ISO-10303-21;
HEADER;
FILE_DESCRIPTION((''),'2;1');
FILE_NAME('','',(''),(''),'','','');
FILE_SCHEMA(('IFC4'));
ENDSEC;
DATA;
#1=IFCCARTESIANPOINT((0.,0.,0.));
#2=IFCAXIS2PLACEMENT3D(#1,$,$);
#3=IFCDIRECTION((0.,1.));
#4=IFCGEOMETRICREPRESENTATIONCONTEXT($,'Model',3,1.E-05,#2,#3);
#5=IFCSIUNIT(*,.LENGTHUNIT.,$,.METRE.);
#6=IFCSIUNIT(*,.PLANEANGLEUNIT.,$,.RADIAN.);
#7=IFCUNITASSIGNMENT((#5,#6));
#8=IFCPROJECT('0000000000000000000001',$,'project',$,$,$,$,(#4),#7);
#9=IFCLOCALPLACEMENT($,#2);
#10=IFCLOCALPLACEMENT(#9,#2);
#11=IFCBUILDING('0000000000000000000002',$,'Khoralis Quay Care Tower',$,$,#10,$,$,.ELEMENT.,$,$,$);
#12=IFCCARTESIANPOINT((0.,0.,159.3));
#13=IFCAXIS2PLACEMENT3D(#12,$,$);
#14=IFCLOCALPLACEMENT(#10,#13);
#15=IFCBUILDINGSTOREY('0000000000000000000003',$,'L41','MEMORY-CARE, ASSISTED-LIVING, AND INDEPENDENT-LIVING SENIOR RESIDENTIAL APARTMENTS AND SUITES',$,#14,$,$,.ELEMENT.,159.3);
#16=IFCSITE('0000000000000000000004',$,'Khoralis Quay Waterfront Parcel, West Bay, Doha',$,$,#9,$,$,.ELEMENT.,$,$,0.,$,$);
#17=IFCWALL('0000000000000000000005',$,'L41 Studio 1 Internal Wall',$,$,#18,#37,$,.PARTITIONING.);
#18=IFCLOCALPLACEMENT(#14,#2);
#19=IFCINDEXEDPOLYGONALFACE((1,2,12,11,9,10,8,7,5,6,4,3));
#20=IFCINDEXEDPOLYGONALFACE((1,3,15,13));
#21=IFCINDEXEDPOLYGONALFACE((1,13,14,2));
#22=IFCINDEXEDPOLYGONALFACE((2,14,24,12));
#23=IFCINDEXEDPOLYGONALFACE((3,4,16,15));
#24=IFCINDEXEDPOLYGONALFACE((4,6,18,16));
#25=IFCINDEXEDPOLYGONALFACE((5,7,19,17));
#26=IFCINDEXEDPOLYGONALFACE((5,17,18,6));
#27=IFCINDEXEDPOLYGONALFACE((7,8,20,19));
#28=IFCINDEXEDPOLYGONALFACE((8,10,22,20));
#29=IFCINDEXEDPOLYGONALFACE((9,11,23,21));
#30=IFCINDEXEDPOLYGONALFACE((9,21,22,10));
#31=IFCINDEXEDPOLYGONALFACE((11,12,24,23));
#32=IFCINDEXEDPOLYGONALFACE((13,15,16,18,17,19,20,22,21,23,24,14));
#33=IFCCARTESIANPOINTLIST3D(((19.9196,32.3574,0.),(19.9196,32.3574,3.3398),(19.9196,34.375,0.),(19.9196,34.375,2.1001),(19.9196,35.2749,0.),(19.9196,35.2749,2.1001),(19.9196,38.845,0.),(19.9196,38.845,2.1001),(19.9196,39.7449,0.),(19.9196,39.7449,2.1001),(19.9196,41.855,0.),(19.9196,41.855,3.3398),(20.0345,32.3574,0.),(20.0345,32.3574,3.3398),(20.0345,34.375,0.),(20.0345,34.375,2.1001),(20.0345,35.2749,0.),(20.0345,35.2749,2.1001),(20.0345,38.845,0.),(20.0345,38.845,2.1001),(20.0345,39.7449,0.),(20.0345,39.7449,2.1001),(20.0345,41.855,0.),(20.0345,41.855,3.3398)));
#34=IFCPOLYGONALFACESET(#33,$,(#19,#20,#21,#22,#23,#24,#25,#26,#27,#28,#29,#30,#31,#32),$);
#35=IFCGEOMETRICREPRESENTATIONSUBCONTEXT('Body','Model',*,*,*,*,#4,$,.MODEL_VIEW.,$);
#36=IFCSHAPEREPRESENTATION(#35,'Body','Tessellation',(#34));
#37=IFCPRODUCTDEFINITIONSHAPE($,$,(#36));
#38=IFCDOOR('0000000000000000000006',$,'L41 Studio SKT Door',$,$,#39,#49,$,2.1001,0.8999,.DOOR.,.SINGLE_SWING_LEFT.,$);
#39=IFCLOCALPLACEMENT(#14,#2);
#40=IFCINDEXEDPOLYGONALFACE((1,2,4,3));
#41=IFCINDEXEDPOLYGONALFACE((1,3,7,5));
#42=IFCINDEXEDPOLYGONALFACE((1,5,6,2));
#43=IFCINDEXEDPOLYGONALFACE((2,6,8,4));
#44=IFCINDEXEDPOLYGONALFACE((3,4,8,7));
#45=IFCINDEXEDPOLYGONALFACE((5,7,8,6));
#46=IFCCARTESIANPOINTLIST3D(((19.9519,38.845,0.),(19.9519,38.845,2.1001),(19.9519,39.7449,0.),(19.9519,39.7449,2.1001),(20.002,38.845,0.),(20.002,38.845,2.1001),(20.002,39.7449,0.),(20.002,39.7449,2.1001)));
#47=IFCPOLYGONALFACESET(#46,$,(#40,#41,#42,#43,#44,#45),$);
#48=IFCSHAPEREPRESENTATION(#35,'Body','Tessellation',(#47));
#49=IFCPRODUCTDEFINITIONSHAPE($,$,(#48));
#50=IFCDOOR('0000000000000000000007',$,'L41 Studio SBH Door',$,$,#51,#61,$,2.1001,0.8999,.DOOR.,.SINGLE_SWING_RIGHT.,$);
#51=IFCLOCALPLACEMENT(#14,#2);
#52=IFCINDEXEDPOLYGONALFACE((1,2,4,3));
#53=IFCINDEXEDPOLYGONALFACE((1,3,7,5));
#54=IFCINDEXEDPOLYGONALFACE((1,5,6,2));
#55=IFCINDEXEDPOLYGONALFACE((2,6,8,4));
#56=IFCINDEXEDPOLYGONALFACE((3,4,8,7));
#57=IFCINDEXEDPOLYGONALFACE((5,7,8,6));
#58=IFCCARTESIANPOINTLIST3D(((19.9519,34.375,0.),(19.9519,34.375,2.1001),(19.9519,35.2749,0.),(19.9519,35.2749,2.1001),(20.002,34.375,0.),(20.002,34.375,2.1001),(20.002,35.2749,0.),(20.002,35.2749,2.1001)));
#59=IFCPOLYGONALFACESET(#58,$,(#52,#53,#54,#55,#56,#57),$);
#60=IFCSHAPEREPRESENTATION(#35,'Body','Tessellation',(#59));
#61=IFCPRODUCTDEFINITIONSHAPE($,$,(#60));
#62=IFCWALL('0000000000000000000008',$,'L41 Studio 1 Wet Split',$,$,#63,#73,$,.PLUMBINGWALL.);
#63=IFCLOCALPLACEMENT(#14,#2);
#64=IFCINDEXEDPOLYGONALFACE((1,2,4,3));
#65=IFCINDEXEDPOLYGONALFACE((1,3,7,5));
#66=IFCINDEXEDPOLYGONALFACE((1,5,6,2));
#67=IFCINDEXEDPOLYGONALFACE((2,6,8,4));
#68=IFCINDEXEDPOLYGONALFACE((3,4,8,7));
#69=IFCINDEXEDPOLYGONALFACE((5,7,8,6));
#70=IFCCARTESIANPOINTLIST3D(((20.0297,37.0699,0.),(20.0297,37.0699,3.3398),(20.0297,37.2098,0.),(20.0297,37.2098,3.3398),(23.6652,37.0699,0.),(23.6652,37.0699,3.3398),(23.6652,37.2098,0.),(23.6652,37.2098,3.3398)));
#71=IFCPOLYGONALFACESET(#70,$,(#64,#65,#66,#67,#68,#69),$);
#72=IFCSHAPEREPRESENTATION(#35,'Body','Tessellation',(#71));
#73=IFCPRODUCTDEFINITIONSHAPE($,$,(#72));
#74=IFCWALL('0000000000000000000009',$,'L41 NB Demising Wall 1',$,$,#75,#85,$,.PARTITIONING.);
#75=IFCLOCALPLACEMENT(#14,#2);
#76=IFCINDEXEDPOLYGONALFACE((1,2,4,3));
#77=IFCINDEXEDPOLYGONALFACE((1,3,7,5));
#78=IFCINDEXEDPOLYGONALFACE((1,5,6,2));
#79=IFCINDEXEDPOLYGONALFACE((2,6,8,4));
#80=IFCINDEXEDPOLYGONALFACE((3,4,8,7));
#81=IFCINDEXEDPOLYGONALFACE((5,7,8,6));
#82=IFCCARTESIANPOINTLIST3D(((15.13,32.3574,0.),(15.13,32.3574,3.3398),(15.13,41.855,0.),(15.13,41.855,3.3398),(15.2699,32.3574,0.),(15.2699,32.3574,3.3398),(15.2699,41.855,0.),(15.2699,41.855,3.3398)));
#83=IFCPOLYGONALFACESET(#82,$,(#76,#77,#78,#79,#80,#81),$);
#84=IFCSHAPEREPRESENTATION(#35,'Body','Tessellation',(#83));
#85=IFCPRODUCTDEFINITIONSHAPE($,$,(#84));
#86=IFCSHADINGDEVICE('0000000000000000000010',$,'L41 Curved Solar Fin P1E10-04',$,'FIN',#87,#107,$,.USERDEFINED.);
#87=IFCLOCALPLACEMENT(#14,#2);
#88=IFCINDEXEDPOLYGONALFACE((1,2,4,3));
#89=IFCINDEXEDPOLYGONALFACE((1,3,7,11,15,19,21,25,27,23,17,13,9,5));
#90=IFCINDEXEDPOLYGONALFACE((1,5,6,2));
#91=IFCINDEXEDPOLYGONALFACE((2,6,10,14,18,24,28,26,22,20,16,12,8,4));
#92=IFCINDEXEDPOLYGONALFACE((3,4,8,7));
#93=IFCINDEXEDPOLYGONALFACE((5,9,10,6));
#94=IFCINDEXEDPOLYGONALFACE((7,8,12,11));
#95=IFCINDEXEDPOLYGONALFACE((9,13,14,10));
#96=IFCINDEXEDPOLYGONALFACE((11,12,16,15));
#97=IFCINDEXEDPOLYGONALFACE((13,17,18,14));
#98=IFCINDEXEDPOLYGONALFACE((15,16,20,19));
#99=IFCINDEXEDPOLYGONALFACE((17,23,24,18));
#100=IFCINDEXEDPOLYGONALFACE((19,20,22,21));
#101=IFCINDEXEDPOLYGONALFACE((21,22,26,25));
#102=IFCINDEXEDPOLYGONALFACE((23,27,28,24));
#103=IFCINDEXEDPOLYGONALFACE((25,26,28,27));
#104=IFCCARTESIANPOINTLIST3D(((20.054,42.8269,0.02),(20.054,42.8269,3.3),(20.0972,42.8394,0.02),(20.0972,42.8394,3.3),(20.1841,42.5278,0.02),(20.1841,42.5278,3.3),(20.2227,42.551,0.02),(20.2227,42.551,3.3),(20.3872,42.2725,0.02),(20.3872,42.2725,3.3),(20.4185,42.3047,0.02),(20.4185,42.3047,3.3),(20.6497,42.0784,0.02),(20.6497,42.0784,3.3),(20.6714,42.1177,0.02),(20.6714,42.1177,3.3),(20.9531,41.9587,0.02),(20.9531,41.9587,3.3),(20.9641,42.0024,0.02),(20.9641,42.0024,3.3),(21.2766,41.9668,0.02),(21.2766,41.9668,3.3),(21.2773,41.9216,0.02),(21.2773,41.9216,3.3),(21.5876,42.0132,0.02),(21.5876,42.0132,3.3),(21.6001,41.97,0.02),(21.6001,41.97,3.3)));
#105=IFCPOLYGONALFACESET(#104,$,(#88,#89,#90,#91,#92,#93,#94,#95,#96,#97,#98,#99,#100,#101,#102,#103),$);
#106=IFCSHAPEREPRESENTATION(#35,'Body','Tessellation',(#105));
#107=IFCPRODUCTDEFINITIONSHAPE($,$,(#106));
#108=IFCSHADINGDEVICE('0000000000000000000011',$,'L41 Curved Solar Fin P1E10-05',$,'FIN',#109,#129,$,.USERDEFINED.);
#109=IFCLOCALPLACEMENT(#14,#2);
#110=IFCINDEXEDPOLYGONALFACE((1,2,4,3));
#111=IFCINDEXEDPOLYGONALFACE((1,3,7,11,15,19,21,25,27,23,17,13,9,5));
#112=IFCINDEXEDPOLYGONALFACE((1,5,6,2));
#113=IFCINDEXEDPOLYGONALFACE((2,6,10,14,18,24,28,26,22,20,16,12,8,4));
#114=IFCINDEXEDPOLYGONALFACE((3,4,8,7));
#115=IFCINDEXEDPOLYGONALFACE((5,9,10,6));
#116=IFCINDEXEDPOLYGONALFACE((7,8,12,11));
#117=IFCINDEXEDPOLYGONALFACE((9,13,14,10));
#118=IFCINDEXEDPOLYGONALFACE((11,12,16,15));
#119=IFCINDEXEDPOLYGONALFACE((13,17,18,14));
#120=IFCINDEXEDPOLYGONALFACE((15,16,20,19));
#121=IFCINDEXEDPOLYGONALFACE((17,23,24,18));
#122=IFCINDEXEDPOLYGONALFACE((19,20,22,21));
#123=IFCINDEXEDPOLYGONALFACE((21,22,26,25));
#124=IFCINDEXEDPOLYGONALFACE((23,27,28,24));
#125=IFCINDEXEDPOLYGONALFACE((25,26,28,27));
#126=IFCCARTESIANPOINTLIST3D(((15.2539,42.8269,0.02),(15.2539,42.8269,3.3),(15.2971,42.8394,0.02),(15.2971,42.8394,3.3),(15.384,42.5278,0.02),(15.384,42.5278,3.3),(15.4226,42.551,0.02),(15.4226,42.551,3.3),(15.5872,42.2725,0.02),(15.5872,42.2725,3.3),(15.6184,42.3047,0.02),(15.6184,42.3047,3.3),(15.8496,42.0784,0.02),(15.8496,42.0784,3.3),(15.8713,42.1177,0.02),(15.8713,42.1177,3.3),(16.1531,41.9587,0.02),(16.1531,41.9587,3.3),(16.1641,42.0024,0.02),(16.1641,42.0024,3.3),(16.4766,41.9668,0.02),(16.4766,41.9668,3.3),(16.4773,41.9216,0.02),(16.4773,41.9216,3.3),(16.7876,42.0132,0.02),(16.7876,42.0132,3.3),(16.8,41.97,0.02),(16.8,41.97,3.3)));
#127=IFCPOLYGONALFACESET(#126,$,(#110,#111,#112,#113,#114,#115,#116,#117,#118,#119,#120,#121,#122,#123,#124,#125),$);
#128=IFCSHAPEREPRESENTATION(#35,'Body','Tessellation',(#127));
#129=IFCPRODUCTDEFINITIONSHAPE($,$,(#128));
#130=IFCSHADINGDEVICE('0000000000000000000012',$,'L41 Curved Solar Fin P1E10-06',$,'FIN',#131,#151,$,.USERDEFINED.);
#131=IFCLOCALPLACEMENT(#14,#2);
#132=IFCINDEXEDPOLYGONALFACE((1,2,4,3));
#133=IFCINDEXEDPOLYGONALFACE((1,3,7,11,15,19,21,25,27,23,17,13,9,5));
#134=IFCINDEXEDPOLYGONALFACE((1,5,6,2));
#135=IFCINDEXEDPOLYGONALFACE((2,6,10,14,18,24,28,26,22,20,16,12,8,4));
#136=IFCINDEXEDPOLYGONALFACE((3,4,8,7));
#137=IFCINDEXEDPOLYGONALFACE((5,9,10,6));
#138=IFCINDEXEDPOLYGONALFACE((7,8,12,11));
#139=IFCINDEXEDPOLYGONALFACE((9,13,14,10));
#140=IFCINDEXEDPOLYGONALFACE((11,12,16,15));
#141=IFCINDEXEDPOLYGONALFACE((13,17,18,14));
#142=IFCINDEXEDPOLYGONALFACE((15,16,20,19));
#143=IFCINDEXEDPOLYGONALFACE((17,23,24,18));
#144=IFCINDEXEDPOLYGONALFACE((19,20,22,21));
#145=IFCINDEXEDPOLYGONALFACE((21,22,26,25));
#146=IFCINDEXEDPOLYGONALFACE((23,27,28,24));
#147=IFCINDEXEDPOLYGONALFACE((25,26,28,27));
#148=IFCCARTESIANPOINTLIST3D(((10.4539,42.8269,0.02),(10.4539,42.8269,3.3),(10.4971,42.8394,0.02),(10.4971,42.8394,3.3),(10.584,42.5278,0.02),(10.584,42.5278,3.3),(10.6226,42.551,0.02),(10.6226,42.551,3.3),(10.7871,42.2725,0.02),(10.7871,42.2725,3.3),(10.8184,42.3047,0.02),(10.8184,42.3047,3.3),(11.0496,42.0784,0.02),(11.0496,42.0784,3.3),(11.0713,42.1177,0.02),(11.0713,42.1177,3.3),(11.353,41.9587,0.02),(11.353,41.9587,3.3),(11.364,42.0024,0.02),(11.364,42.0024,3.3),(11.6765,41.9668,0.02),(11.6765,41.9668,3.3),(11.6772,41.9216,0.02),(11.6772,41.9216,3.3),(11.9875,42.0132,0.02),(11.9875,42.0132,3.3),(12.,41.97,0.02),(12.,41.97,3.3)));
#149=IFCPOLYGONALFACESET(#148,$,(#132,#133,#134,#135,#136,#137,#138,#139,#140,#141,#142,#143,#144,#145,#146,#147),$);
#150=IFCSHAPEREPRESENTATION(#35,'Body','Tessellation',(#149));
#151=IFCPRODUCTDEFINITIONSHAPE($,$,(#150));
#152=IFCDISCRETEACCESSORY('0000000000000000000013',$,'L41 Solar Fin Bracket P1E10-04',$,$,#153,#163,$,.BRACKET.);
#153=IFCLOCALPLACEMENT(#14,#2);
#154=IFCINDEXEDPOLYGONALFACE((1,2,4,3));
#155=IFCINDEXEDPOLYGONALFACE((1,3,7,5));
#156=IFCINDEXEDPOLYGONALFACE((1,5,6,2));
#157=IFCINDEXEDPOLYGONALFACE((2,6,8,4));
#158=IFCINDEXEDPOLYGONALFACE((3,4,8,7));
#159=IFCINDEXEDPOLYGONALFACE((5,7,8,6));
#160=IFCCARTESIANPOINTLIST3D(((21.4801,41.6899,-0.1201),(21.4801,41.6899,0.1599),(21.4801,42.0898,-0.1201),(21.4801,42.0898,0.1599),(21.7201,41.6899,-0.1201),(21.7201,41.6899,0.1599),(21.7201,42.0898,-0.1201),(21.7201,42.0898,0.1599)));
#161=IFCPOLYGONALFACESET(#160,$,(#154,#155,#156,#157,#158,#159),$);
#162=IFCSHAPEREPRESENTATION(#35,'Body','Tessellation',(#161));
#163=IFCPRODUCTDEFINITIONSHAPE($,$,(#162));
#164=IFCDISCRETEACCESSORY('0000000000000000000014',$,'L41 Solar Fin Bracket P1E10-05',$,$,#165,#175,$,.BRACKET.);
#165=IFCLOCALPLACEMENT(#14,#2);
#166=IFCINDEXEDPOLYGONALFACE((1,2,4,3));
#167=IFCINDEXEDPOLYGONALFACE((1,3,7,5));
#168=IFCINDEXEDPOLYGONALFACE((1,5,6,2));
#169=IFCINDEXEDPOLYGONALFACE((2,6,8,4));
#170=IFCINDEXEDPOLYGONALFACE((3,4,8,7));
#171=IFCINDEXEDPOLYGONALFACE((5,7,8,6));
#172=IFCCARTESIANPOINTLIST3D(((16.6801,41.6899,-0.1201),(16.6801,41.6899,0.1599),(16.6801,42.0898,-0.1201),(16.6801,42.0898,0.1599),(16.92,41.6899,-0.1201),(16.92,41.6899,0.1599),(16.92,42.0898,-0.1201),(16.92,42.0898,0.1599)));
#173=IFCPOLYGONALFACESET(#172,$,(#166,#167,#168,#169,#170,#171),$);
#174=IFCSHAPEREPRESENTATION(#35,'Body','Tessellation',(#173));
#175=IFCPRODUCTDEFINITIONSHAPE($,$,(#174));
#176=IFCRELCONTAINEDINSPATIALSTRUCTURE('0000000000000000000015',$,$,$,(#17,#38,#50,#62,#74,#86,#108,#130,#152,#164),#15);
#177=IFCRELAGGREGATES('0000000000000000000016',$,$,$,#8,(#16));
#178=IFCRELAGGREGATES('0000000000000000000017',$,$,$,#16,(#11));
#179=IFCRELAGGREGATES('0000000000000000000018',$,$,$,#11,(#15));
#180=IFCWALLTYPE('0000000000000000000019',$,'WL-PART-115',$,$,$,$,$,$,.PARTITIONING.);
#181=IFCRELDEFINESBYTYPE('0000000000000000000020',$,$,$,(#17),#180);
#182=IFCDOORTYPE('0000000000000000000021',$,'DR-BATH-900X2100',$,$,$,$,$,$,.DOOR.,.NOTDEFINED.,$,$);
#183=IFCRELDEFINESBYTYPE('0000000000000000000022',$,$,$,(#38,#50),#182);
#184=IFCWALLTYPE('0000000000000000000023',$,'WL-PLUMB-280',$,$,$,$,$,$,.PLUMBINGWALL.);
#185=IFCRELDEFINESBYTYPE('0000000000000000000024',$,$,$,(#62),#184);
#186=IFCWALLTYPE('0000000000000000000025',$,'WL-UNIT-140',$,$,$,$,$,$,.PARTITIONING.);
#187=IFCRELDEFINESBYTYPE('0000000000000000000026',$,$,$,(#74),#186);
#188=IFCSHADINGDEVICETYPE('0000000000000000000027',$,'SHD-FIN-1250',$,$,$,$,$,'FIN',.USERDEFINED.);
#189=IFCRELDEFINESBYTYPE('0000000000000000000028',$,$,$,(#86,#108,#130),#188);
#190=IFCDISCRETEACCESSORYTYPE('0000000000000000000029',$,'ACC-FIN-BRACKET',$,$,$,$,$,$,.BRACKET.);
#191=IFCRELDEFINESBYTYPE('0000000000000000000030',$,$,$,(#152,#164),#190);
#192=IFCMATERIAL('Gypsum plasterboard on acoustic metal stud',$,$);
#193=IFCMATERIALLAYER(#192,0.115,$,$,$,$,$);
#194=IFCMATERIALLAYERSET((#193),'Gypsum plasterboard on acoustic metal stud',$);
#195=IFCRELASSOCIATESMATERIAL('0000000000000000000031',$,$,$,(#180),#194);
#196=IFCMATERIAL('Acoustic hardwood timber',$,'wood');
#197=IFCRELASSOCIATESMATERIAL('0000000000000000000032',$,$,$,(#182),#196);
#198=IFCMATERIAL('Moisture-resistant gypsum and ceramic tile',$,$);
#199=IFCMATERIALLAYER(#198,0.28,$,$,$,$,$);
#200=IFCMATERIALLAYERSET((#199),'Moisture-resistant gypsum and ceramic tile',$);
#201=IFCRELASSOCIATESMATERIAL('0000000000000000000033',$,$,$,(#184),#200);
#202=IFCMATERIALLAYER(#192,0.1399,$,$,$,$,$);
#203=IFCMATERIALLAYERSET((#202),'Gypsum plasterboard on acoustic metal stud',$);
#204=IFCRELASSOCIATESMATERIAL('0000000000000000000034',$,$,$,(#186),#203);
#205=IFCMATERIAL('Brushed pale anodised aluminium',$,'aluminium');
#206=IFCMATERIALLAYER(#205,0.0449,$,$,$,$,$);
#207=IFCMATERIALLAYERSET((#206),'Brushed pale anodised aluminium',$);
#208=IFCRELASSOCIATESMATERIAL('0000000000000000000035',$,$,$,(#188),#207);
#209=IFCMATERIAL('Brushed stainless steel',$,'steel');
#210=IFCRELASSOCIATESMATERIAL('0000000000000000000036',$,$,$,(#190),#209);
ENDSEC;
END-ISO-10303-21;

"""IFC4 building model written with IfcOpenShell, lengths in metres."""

from ifc_helpers import new_model, si_unit, direction, frame, frame_2d, origin, origin_2d, place, context, subcontext, project, spatial, polyline, rectangle, outline, extrude, source, transform, mapped, material, layer, layer_set, type_object, element, fill, save


model = new_model("IFC4")

# Units and contexts
model_context = context("Model", 3, precision=1e-05, world=origin(), true_north=direction((0.0, 1.0)))
body_context = subcontext(model_context, "Body", "Model", "MODEL_VIEW")
ifc_project = project(units=[si_unit("LENGTHUNIT", "METRE"), si_unit("PLANEANGLEUNIT", "RADIAN")], contexts=[model_context])

# Site, building, storey
site_placement = place(None, origin())
site = spatial("IfcSite", under=ifc_project, at=site_placement, Name="Khoralis Quay Waterfront Parcel, West Bay, Doha", CompositionType="ELEMENT", RefElevation=0.0)
building_placement = place(site_placement, origin())
building = spatial("IfcBuilding", under=site, at=building_placement, Name="Khoralis Quay Care Tower", CompositionType="ELEMENT")
storey_placement = place(building_placement, frame((0.0, 0.0, 159.3)))
storey = spatial("IfcBuildingStorey", under=building, at=storey_placement, Name="L41", Description="MEMORY-CARE, ASSISTED-LIVING, AND INDEPENDENT-LIVING SENIOR RESIDENTIAL APARTMENTS AND SUITES", CompositionType="ELEMENT", Elevation=159.3)

# Wall, openings, doors
ifc_material_1 = material(Name="Gypsum plasterboard on acoustic metal stud")
ifc_layer_1 = layer(ifc_material_1, 0.115)
ifc_layer_set_1 = layer_set([ifc_layer_1], Name="Gypsum plasterboard on acoustic metal stud")
wall_type_1 = type_object("IfcWallType", Name="WL-PART-115", PredefinedType="PARTITIONING", material=ifc_layer_set_1)
wall_1_placement = place(storey_placement, frame((19.9771, 32.3574, 0.0), z_axis=(0.0, 0.0, 1.0), x_axis=(0.0, 1.0, 0.0)))
wall_1 = element("IfcWall", 1, at=wall_1_placement, inside=storey, type_object=wall_type_1, Name="L41 Studio 1 Internal Wall", PredefinedType="PARTITIONING", context=body_context, shape_type="SweptSolid", body=[
    extrude(rectangle(XDim=9.4976, YDim=0.115, at=frame_2d((4.7488, 0.0))), origin(), (0.0, 0.0, 1.0), 3.3398),
])
opening_1_placement = place(wall_1_placement, frame((6.4875, 0.0, 0.0)))
opening_1 = element("IfcOpeningElement", 2, at=opening_1_placement, cuts=wall_1, PredefinedType="OPENING", context=body_context, shape_type="SweptSolid", body=[
    extrude(rectangle(XDim=0.8999, YDim=2.1001, at=frame_2d((0.45, 1.05))), frame((0.0, 0.0674, 0.0), z_axis=(0.0, -1.0, 0.0), x_axis=(1.0, 0.0, 0.0)), (0.0, 0.0, 1.0), 0.135),
])
opening_2_placement = place(wall_1_placement, frame((2.0176, 0.0, 0.0)))
opening_2 = element("IfcOpeningElement", 3, at=opening_2_placement, cuts=wall_1, PredefinedType="OPENING", context=body_context, shape_type="SweptSolid", body=[
    extrude(rectangle(XDim=0.8999, YDim=2.1001, at=frame_2d((0.45, 1.05))), frame((0.0, 0.0674, 0.0), z_axis=(0.0, -1.0, 0.0), x_axis=(1.0, 0.0, 0.0)), (0.0, 0.0, 1.0), 0.135),
])
ifc_material_2 = material(Name="Acoustic hardwood timber", Category="wood")
door_type = type_object("IfcDoorType", Name="DR-BATH-900X2100", OperationType="NOTDEFINED", PredefinedType="DOOR", material=ifc_material_2)
shared_shape_1 = source(origin(), body_context, "Body", "SweptSolid", [
    extrude(rectangle(XDim=0.8999, YDim=2.1001, at=frame_2d((0.45, 1.05))), frame((0.0, 0.0249, 0.0), z_axis=(0.0, -1.0, 0.0), x_axis=(1.0, 0.0, 0.0)), (0.0, 0.0, 1.0), 0.05),
])
door_1_placement = place(opening_1_placement, frame((0.8999, 0.0, 0.0), z_axis=(0.0, 0.0, 1.0), x_axis=(-1.0, 0.0, 0.0)))
door_1 = element("IfcDoor", 4, at=door_1_placement, inside=storey, type_object=door_type, Name="L41 Studio SKT Door", OperationType="SINGLE_SWING_LEFT", OverallHeight=2.1001, OverallWidth=0.8999, PredefinedType="DOOR", context=body_context, shape_type="MappedRepresentation", body=[
    mapped(shared_shape_1, transform((0.0, 0.0, 0.0), scale=1.0)),
])
fill(opening_1, door_1)
door_2_placement = place(opening_2_placement, frame((0.8999, 0.0, 0.0), z_axis=(0.0, 0.0, 1.0), x_axis=(-1.0, 0.0, 0.0)))
door_2 = element("IfcDoor", 5, at=door_2_placement, inside=storey, type_object=door_type, Name="L41 Studio SBH Door", OperationType="SINGLE_SWING_RIGHT", OverallHeight=2.1001, OverallWidth=0.8999, PredefinedType="DOOR", context=body_context, shape_type="MappedRepresentation", body=[
    mapped(shared_shape_1, transform((0.0, 0.0, 0.0), scale=1.0)),
])
fill(opening_2, door_2)

# Walls
ifc_material_3 = material(Name="Moisture-resistant gypsum and ceramic tile")
ifc_layer_2 = layer(ifc_material_3, 0.28)
ifc_layer_set_2 = layer_set([ifc_layer_2], Name="Moisture-resistant gypsum and ceramic tile")
wall_type_2 = type_object("IfcWallType", Name="WL-PLUMB-280", PredefinedType="PLUMBINGWALL", material=ifc_layer_set_2)
wall_2_placement = place(storey_placement, frame((20.0295, 37.1399, 0.0), z_axis=(0.0, 0.0, 1.0), x_axis=(1.0, 0.0, 0.0)))
element("IfcWall", 6, at=wall_2_placement, inside=storey, type_object=wall_type_2, Name="L41 Studio 1 Wet Split", PredefinedType="PLUMBINGWALL", context=body_context, shape_type="SweptSolid", body=[
    extrude(rectangle(XDim=3.6355, YDim=0.1399, at=frame_2d((1.8179, 0.0))), origin(), (0.0, 0.0, 1.0), 3.3398),
])
ifc_layer_3 = layer(ifc_material_1, 0.1399)
ifc_layer_set_3 = layer_set([ifc_layer_3], Name="Gypsum plasterboard on acoustic metal stud")
wall_type_3 = type_object("IfcWallType", Name="WL-UNIT-140", PredefinedType="PARTITIONING", material=ifc_layer_set_3)
wall_3_placement = place(storey_placement, frame((15.2, 32.3574, 0.0), z_axis=(0.0, 0.0, 1.0), x_axis=(0.0, 1.0, 0.0)))
element("IfcWall", 7, at=wall_3_placement, inside=storey, type_object=wall_type_3, Name="L41 NB Demising Wall 1", PredefinedType="PARTITIONING", context=body_context, shape_type="SweptSolid", body=[
    extrude(rectangle(XDim=9.4976, YDim=0.1399, at=frame_2d((4.7488, 0.0))), origin(), (0.0, 0.0, 1.0), 3.3398),
])

# Shading devices
ifc_material_4 = material(Name="Brushed pale anodised aluminium", Category="aluminium")
ifc_layer_4 = layer(ifc_material_4, 0.0449)
ifc_layer_set_4 = layer_set([ifc_layer_4], Name="Brushed pale anodised aluminium")
shading_device_type = type_object("IfcShadingDeviceType", Name="SHD-FIN-1250", ElementType="FIN", PredefinedType="USERDEFINED", material=ifc_layer_set_4)
shared_shape_2 = source(origin(), body_context, "Body", "SweptSolid", [
    extrude(outline(polyline([(0.0, 0.0), (-0.0483, 0.3228), (-0.0112, 0.647), (0.1084, 0.9504), (0.3025, 1.2129), (0.5579, 1.416), (0.8569, 1.5461), (0.8694, 1.5029), (0.5811, 1.3774), (0.3347, 1.1816), (0.1477, 0.9287), (0.0325, 0.636), (-0.0032, 0.3235), (0.0432, 0.0125), (0.0, 0.0)])), origin(), (0.0, 0.0, 1.0), 3.28),
])
for number, where, z_axis, x_axis, name in (
    (8, (21.6001, 41.97, 0.02), (0.0, 0.0, 1.0), (0.0, 1.0, 0.0), "L41 Curved Solar Fin P1E10-04"),
    (9, (16.8, 41.97, 0.02), (0.0, 0.0, 1.0), (0.0, 1.0, 0.0), "L41 Curved Solar Fin P1E10-05"),
    (10, (12.0, 41.97, 0.02), (0.0, 0.0, 1.0), (0.0, 1.0, 0.0), "L41 Curved Solar Fin P1E10-06"),
):
    element("IfcShadingDevice", number, at=place(storey_placement, frame(where, z_axis=z_axis, x_axis=x_axis)), inside=storey, type_object=shading_device_type, Name=name, ObjectType="FIN", PredefinedType="USERDEFINED", context=body_context, shape_type="MappedRepresentation", body=[
        mapped(shared_shape_2, transform((0.0, 0.0, 0.0), scale=1.0)),
    ])

# Discrete accessories
ifc_material_5 = material(Name="Brushed stainless steel", Category="steel")
discrete_accessory_type = type_object("IfcDiscreteAccessoryType", Name="ACC-FIN-BRACKET", PredefinedType="BRACKET", material=ifc_material_5)
shared_shape_3 = source(origin(), body_context, "Body", "SweptSolid", [
    extrude(rectangle(XDim=0.3999, YDim=0.24, at=origin_2d()), origin(), (0.0, 0.0, 1.0), 0.28),
])
for number, where, z_axis, x_axis, name in (
    (11, (21.6001, 41.8899, -0.1201), (0.0, 0.0, 1.0), (0.0, 1.0, 0.0), "L41 Solar Fin Bracket P1E10-04"),
    (12, (16.8, 41.8899, -0.1201), (0.0, 0.0, 1.0), (0.0, 1.0, 0.0), "L41 Solar Fin Bracket P1E10-05"),
):
    element("IfcDiscreteAccessory", number, at=place(storey_placement, frame(where, z_axis=z_axis, x_axis=x_axis)), inside=storey, type_object=discrete_accessory_type, Name=name, PredefinedType="BRACKET", context=body_context, shape_type="MappedRepresentation", body=[
        mapped(shared_shape_3, transform((0.0, 0.0, 0.0), scale=1.0)),
    ])

save(model, "model.ifc")
